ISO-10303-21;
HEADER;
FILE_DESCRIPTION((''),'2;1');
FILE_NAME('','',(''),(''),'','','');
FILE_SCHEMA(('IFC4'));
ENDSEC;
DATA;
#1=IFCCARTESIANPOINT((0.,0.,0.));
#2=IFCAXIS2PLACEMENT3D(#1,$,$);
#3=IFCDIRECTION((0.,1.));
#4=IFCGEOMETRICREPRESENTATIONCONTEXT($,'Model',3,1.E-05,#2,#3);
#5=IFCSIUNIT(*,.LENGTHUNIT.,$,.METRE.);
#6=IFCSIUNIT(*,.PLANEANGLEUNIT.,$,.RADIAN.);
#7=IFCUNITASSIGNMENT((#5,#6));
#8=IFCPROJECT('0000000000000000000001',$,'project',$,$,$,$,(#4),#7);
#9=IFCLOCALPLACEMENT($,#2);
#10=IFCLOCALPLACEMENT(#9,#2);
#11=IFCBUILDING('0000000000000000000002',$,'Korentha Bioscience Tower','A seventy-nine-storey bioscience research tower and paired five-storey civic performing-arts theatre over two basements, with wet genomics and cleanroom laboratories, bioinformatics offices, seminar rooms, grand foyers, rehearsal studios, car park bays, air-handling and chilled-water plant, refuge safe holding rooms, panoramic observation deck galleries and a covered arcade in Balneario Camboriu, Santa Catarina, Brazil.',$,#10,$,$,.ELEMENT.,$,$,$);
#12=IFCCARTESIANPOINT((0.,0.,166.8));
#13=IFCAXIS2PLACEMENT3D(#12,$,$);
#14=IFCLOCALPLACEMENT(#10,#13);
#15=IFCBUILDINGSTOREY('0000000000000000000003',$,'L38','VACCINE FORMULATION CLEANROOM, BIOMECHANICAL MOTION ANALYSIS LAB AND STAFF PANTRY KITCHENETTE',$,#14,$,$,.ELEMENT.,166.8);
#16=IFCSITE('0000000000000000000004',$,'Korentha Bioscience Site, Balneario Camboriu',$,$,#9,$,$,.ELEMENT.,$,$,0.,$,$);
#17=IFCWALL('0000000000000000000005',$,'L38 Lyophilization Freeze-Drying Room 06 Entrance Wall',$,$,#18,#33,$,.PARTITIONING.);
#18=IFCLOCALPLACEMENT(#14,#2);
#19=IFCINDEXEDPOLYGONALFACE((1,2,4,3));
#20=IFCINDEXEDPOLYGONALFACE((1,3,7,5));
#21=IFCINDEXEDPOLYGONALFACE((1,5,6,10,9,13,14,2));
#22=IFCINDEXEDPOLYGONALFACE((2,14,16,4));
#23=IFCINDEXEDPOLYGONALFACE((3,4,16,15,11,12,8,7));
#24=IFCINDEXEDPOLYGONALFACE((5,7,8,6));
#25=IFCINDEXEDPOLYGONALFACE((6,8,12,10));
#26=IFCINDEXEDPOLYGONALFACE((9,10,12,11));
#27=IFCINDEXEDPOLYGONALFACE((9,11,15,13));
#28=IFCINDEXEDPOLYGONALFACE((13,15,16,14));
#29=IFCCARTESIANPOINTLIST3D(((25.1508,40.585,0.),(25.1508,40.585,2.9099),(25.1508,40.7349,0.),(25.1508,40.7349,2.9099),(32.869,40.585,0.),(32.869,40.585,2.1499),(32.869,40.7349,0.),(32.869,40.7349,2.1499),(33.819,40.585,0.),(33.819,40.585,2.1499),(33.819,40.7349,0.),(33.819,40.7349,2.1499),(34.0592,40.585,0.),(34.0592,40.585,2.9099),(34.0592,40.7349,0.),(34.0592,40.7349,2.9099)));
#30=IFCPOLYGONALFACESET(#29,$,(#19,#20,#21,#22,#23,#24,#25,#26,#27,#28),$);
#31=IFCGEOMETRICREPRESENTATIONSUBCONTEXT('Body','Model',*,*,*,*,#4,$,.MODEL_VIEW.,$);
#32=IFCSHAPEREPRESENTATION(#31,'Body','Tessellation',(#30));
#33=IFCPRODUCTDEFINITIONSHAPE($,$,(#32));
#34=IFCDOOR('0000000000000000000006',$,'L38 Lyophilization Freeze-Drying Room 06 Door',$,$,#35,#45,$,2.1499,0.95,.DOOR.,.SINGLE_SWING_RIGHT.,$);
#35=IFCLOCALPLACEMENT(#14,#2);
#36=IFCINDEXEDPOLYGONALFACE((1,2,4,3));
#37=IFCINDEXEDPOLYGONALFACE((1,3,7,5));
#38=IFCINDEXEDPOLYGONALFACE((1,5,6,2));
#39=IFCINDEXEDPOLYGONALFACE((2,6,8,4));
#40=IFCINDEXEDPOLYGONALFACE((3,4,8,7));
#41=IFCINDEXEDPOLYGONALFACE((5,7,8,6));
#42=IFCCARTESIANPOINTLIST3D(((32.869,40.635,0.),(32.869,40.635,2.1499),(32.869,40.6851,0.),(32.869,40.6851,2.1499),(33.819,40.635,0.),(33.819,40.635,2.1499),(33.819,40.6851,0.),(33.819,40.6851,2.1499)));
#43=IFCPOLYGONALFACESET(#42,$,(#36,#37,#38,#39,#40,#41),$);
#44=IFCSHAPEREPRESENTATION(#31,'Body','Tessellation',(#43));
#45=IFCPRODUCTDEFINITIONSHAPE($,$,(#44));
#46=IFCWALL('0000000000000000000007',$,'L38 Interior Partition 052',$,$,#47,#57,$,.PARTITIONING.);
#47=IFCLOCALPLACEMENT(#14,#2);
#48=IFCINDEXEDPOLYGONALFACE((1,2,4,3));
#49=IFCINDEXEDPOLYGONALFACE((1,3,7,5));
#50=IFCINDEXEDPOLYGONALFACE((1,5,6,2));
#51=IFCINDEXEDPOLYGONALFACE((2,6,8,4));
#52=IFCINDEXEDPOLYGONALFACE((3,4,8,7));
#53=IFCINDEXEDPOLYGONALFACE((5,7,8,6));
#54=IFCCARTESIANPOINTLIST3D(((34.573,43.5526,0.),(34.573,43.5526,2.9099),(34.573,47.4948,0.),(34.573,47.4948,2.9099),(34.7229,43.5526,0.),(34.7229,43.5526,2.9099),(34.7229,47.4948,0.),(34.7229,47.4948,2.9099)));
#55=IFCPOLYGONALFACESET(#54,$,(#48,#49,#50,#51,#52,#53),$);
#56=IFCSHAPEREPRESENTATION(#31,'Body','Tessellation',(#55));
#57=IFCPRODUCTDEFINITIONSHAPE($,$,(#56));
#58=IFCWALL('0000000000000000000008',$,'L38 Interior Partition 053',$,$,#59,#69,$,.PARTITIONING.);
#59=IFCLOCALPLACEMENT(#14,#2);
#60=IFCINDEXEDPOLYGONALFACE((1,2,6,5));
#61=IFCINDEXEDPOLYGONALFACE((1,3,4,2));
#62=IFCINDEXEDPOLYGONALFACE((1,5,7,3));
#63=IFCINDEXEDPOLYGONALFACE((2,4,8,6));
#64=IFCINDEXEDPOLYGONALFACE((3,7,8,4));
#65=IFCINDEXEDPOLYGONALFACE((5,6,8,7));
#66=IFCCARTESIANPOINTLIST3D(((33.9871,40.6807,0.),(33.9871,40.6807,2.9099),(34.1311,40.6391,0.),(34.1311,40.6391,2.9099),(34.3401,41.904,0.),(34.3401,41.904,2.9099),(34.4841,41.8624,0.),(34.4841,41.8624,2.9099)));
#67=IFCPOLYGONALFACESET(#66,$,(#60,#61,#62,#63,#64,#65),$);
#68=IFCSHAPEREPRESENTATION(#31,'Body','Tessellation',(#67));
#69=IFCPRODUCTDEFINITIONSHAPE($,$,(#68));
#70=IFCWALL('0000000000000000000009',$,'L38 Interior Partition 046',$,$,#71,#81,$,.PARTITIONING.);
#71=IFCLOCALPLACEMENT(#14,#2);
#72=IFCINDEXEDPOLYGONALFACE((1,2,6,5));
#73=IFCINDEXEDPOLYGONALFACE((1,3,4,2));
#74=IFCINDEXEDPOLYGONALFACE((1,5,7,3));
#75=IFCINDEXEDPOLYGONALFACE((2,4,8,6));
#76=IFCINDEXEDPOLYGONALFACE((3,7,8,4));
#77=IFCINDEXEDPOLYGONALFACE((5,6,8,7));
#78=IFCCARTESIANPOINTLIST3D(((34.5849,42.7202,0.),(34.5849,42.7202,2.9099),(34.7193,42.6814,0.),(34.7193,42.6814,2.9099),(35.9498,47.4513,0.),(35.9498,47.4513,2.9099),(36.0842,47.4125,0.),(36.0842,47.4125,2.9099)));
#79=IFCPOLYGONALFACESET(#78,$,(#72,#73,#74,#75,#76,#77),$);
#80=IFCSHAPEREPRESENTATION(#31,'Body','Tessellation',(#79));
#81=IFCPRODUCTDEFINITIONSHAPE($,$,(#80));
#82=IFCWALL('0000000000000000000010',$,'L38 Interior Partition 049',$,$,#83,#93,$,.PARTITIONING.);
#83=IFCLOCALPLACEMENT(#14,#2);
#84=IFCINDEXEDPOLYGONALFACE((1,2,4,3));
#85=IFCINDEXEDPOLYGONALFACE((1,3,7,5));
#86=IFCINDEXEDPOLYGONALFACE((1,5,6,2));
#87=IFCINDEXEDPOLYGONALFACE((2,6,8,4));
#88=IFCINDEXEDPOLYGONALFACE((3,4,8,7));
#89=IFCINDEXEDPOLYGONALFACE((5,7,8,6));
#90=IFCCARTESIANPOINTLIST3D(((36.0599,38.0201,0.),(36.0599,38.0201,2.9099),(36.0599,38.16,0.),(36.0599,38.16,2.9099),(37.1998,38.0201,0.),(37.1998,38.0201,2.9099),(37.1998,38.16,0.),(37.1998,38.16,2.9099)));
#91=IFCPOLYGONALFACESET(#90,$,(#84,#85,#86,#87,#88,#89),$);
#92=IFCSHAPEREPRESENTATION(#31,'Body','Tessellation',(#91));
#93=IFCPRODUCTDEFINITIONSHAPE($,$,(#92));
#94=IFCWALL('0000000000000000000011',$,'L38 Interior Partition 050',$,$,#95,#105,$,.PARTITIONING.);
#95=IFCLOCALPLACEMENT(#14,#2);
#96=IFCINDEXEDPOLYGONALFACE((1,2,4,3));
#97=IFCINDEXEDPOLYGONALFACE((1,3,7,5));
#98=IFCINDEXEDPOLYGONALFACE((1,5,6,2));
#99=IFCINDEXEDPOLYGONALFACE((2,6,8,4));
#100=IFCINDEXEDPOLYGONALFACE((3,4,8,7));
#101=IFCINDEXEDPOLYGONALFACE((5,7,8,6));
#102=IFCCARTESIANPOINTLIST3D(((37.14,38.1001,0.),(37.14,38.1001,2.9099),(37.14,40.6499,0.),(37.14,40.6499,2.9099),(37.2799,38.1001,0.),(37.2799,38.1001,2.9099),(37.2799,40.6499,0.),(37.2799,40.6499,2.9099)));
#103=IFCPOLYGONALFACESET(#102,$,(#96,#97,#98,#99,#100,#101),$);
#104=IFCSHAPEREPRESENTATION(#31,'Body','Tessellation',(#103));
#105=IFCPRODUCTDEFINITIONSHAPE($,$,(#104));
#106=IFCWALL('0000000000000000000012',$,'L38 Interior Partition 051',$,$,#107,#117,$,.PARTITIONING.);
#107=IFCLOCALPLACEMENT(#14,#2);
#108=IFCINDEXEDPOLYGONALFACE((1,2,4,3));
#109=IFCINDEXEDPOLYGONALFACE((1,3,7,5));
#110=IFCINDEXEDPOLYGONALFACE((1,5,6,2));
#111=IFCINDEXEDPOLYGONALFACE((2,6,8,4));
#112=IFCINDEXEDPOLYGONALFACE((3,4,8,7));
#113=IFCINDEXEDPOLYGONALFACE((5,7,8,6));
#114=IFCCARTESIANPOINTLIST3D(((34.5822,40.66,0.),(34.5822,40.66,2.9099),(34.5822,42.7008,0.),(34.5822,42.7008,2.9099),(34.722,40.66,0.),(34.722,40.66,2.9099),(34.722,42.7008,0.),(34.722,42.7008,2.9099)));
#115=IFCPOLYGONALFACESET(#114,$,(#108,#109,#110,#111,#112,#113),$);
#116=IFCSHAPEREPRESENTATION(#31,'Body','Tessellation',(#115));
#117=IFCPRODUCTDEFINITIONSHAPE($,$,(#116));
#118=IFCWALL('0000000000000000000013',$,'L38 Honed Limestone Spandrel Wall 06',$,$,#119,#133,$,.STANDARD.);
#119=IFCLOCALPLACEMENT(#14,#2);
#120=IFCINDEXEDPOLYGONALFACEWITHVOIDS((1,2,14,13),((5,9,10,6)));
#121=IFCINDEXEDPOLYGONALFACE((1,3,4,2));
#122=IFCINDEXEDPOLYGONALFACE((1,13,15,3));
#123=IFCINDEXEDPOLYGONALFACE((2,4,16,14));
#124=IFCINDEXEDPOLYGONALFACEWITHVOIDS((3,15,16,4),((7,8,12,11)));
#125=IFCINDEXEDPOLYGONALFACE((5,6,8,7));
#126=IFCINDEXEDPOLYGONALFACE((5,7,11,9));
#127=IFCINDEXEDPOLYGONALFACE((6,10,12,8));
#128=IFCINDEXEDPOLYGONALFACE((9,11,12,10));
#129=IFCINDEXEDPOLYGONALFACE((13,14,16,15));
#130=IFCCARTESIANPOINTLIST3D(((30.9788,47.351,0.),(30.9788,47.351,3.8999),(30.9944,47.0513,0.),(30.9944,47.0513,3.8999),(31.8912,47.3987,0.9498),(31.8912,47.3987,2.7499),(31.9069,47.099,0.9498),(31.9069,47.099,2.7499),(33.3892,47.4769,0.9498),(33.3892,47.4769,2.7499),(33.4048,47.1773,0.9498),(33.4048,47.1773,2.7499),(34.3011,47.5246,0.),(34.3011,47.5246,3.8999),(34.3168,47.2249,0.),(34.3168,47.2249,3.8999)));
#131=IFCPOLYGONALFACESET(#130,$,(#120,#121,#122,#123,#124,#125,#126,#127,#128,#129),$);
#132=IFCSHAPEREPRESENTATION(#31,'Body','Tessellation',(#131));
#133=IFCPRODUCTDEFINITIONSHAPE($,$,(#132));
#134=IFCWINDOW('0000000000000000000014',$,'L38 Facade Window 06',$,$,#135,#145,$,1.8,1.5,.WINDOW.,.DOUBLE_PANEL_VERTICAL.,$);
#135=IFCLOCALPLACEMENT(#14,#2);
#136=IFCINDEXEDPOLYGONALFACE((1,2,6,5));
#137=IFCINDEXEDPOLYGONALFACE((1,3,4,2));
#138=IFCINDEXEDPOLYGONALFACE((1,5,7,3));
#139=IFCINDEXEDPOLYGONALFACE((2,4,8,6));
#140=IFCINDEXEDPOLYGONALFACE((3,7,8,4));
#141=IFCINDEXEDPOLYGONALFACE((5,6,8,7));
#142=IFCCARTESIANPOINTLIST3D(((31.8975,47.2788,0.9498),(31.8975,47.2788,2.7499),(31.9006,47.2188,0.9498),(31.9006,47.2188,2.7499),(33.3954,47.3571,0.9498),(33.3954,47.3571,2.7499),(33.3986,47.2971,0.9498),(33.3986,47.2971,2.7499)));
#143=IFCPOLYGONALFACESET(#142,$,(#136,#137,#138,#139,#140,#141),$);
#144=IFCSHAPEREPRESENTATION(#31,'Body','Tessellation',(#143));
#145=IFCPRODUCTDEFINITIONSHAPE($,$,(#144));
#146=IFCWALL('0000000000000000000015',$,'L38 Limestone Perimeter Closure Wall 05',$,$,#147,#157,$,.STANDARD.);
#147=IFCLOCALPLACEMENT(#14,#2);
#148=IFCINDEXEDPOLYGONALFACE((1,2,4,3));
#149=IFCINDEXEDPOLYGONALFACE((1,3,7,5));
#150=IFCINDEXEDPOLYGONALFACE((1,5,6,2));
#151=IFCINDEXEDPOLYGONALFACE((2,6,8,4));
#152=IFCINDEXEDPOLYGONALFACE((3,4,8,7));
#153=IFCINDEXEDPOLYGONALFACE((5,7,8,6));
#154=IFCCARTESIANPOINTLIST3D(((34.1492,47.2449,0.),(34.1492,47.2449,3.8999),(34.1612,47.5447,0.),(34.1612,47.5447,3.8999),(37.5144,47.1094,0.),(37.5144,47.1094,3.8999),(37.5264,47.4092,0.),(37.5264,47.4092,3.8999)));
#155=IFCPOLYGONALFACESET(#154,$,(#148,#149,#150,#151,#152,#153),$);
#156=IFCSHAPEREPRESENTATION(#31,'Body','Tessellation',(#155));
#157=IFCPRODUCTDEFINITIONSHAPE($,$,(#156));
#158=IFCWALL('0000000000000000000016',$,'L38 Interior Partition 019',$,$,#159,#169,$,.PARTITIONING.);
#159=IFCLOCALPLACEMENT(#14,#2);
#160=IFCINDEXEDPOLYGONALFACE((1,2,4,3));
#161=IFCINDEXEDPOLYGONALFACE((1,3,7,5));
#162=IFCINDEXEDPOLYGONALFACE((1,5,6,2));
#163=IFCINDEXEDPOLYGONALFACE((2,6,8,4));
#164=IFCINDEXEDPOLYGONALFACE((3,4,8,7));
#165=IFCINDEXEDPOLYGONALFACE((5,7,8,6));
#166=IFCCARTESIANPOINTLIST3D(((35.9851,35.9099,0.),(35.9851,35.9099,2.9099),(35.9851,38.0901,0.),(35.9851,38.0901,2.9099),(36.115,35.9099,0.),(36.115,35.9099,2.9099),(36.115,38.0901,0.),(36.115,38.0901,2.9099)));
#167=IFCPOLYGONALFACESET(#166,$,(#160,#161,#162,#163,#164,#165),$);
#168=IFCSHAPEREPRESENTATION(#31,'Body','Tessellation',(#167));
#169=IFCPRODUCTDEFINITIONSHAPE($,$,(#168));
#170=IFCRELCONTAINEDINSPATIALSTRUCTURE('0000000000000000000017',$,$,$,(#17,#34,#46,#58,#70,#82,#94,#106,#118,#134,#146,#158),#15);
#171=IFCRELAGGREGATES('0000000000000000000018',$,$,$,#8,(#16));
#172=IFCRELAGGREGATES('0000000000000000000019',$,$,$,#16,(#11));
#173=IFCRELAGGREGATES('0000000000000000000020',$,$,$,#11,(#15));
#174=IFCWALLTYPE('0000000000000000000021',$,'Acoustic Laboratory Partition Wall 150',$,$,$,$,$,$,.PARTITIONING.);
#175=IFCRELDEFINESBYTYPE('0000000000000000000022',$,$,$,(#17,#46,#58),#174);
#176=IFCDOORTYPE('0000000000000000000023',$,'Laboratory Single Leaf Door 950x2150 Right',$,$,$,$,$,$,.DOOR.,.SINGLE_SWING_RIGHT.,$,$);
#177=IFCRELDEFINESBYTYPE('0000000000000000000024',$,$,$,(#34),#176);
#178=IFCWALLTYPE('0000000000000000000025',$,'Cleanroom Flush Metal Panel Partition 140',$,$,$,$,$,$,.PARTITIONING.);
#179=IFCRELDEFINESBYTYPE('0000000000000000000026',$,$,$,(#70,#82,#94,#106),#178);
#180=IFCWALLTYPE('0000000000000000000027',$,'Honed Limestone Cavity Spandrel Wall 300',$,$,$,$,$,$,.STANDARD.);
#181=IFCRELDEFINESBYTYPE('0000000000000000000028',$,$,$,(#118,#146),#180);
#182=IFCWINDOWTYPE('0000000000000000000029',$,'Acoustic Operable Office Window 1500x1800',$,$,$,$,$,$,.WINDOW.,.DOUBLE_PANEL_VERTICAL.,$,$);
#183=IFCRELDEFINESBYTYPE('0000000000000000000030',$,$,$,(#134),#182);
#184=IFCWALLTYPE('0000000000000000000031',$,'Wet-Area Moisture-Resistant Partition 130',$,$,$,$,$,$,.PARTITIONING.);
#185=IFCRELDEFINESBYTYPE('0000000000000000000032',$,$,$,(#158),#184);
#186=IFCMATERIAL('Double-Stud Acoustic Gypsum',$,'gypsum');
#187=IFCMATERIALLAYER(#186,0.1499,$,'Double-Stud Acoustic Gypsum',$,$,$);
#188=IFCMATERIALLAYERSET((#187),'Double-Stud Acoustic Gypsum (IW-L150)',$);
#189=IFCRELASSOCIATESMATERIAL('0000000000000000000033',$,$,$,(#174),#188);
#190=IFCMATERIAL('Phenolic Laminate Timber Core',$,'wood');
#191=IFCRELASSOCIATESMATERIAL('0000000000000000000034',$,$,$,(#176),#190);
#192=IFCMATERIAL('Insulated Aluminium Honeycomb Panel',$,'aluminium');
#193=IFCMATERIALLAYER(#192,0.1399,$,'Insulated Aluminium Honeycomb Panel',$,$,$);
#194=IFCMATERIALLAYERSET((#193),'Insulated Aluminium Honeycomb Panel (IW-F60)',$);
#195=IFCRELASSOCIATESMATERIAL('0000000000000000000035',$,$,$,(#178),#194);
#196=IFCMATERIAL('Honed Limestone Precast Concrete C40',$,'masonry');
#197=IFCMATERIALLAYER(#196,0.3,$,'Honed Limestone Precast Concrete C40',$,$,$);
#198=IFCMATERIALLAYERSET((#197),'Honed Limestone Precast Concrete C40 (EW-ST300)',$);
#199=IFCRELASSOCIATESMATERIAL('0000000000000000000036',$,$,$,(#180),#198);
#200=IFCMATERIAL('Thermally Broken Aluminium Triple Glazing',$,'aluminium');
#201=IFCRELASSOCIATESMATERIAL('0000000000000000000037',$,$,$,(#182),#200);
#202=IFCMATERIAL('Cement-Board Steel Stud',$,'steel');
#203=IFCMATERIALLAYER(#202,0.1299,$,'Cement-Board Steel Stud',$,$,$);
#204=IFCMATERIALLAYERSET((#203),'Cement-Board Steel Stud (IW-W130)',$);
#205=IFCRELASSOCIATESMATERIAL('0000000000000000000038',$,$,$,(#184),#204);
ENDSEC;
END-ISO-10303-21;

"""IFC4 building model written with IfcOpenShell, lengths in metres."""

from ifc_helpers import new_model, si_unit, direction, frame, frame_2d, origin, place, context, subcontext, project, spatial, rectangle, extrude, material, layer, layer_set, type_object, element, fill, save


model = new_model("IFC4")

# Units and contexts
model_context = context("Model", 3, precision=1e-05, world=origin(), true_north=direction((0.0, 1.0)))
body_context = subcontext(model_context, "Body", "Model", "MODEL_VIEW")
ifc_project = project(units=[si_unit("LENGTHUNIT", "METRE"), si_unit("PLANEANGLEUNIT", "RADIAN")], contexts=[model_context])

# Site, building, storey
site_placement = place(None, origin())
site = spatial("IfcSite", under=ifc_project, at=site_placement, Name="Korentha Bioscience Site, Balneario Camboriu", CompositionType="ELEMENT", RefElevation=0.0)
building_placement = place(site_placement, origin())
building = spatial("IfcBuilding", under=site, at=building_placement, Name="Korentha Bioscience Tower", Description="A seventy-nine-storey bioscience research tower and paired five-storey civic performing-arts theatre over two basements, with wet genomics and cleanroom laboratories, bioinformatics offices, seminar rooms, grand foyers, rehearsal studios, car park bays, air-handling and chilled-water plant, refuge safe holding rooms, panoramic observation deck galleries and a covered arcade in Balneario Camboriu, Santa Catarina, Brazil.", CompositionType="ELEMENT")
storey_placement = place(building_placement, frame((0.0, 0.0, 166.8)))
storey = spatial("IfcBuildingStorey", under=building, at=storey_placement, Name="L38", Description="VACCINE FORMULATION CLEANROOM, BIOMECHANICAL MOTION ANALYSIS LAB AND STAFF PANTRY KITCHENETTE", CompositionType="ELEMENT", Elevation=166.8)

# Wall, opening, door
ifc_material_1 = material(Name="Double-Stud Acoustic Gypsum", Category="gypsum")
ifc_layer_1 = layer(ifc_material_1, 0.1499, Name="Double-Stud Acoustic Gypsum")
ifc_layer_set_1 = layer_set([ifc_layer_1], Name="Double-Stud Acoustic Gypsum (IW-L150)")
wall_type_1 = type_object("IfcWallType", Name="Acoustic Laboratory Partition Wall 150", PredefinedType="PARTITIONING", material=ifc_layer_set_1)
wall_1_placement = place(storey_placement, frame((34.0591, 40.6599, 0.0), z_axis=(0.0, 0.0, 1.0), x_axis=(-1.0, 0.0, 0.0)))
wall_1 = element("IfcWall", 1, at=wall_1_placement, inside=storey, type_object=wall_type_1, Name="L38 Lyophilization Freeze-Drying Room 06 Entrance Wall", PredefinedType="PARTITIONING", context=body_context, shape_type="SweptSolid", body=[
    extrude(rectangle(XDim=8.9084, YDim=0.1499, at=frame_2d((4.4541, 0.0))), origin(), (0.0, 0.0, 1.0), 2.9099),
])
opening_1_placement = place(wall_1_placement, frame((0.24, 0.0, 0.0)))
opening_1 = element("IfcOpeningElement", 2, at=opening_1_placement, cuts=wall_1, PredefinedType="OPENING", context=body_context, shape_type="SweptSolid", body=[
    extrude(rectangle(XDim=0.95, YDim=2.1499, at=frame_2d((0.4751, 1.075))), frame((0.0, 0.0898, 0.0), z_axis=(0.0, -1.0, 0.0), x_axis=(1.0, 0.0, 0.0)), (0.0, 0.0, 1.0), 0.1797),
])
ifc_material_2 = material(Name="Phenolic Laminate Timber Core", Category="wood")
door_type_1 = type_object("IfcDoorType", Name="Laboratory Single Leaf Door 950x2150 Right", OperationType="SINGLE_SWING_RIGHT", PredefinedType="DOOR", material=ifc_material_2)
door_1_placement = place(opening_1_placement, origin())
door_1 = element("IfcDoor", 3, at=door_1_placement, inside=storey, type_object=door_type_1, Name="L38 Lyophilization Freeze-Drying Room 06 Door", OperationType="SINGLE_SWING_RIGHT", OverallHeight=2.1499, OverallWidth=0.95, PredefinedType="DOOR", context=body_context, shape_type="SweptSolid", body=[
    extrude(rectangle(XDim=0.95, YDim=2.1499, at=frame_2d((0.4751, 1.075))), frame((0.0, 0.0249, 0.0), z_axis=(0.0, -1.0, 0.0), x_axis=(1.0, 0.0, 0.0)), (0.0, 0.0, 1.0), 0.05),
])
fill(opening_1, door_1)

# Walls
wall_2_placement = place(storey_placement, frame((34.6479, 47.4949, 0.0), z_axis=(0.0, 0.0, 1.0), x_axis=(0.0, -1.0, 0.0)))
element("IfcWall", 4, at=wall_2_placement, inside=storey, type_object=wall_type_1, Name="L38 Interior Partition 052", PredefinedType="PARTITIONING", context=body_context, shape_type="SweptSolid", body=[
    extrude(rectangle(XDim=3.9421, YDim=0.1499, at=frame_2d((1.9712, 0.0))), origin(), (0.0, 0.0, 1.0), 2.9099),
])
wall_3_placement = place(storey_placement, frame((34.4121, 41.8833, 0.0), z_axis=(0.0, 0.0, 1.0), x_axis=(-0.277253, -0.960797, 0.0)))
element("IfcWall", 5, at=wall_3_placement, inside=storey, type_object=wall_type_1, Name="L38 Interior Partition 053", PredefinedType="PARTITIONING", context=body_context, shape_type="SweptSolid", body=[
    extrude(rectangle(XDim=1.2732, YDim=0.1499, at=frame_2d((0.6367, 0.0))), origin(), (0.0, 0.0, 1.0), 2.9099),
])

# Shared definitions
ifc_material_3 = material(Name="Insulated Aluminium Honeycomb Panel", Category="aluminium")
ifc_layer_2 = layer(ifc_material_3, 0.1399, Name="Insulated Aluminium Honeycomb Panel")
ifc_layer_set_2 = layer_set([ifc_layer_2], Name="Insulated Aluminium Honeycomb Panel (IW-F60)")
wall_type_2 = type_object("IfcWallType", Name="Cleanroom Flush Metal Panel Partition 140", PredefinedType="PARTITIONING", material=ifc_layer_set_2)

# Walls
wall_4_placement = place(storey_placement, frame((34.6521, 42.7009, 0.0), z_axis=(0.0, 0.0, 1.0), x_axis=(0.277202, 0.960812, 0.0)))
element("IfcWall", 6, at=wall_4_placement, inside=storey, type_object=wall_type_2, Name="L38 Interior Partition 046", PredefinedType="PARTITIONING", context=body_context, shape_type="SweptSolid", body=[
    extrude(rectangle(XDim=4.9241, YDim=0.1399, at=frame_2d((2.4619, 0.0))), origin(), (0.0, 0.0, 1.0), 2.9099),
])
wall_5_placement = place(storey_placement, frame((36.0601, 38.0901, 0.0), z_axis=(0.0, 0.0, 1.0), x_axis=(1.0, 0.0, 0.0)))
element("IfcWall", 7, at=wall_5_placement, inside=storey, type_object=wall_type_2, Name="L38 Interior Partition 049", PredefinedType="PARTITIONING", context=body_context, shape_type="SweptSolid", body=[
    extrude(rectangle(XDim=1.1399, YDim=0.1399, at=frame_2d((0.5698, 0.0))), origin(), (0.0, 0.0, 1.0), 2.9099),
])
wall_6_placement = place(storey_placement, frame((37.21, 38.1001, 0.0), z_axis=(0.0, 0.0, 1.0), x_axis=(0.0, 1.0, 0.0)))
element("IfcWall", 8, at=wall_6_placement, inside=storey, type_object=wall_type_2, Name="L38 Interior Partition 050", PredefinedType="PARTITIONING", context=body_context, shape_type="SweptSolid", body=[
    extrude(rectangle(XDim=2.5498, YDim=0.1399, at=frame_2d((1.2749, 0.0))), origin(), (0.0, 0.0, 1.0), 2.9099),
])
wall_7_placement = place(storey_placement, frame((34.6521, 40.6599, 0.0), z_axis=(0.0, 0.0, 1.0), x_axis=(0.0, 1.0, 0.0)))
element("IfcWall", 9, at=wall_7_placement, inside=storey, type_object=wall_type_2, Name="L38 Interior Partition 051", PredefinedType="PARTITIONING", context=body_context, shape_type="SweptSolid", body=[
    extrude(rectangle(XDim=2.0408, YDim=0.1399, at=frame_2d((1.0205, 0.0))), origin(), (0.0, 0.0, 1.0), 2.9099),
])

# Shared definitions
ifc_material_4 = material(Name="Honed Limestone Precast Concrete C40", Category="masonry")
ifc_layer_3 = layer(ifc_material_4, 0.3, Name="Honed Limestone Precast Concrete C40")
ifc_layer_set_3 = layer_set([ifc_layer_3], Name="Honed Limestone Precast Concrete C40 (EW-ST300)")
wall_type_3 = type_object("IfcWallType", Name="Honed Limestone Cavity Spandrel Wall 300", PredefinedType="STANDARD", material=ifc_layer_set_3)

# Wall, opening, window
wall_8_placement = place(storey_placement, frame((34.3091, 47.3748, 0.0), z_axis=(0.0, 0.0, 1.0), x_axis=(-0.998638, -0.052178, 0.0)))
wall_8 = element("IfcWall", 10, at=wall_8_placement, inside=storey, type_object=wall_type_3, Name="L38 Honed Limestone Spandrel Wall 06", PredefinedType="STANDARD", context=body_context, shape_type="SweptSolid", body=[
    extrude(rectangle(XDim=3.3269, YDim=0.3, at=frame_2d((1.6636, 0.0))), origin(), (0.0, 0.0, 1.0), 3.8999),
])
opening_2_placement = place(wall_8_placement, frame((0.9133, 0.0, 0.95)))
opening_2 = element("IfcOpeningElement", 11, at=opening_2_placement, cuts=wall_8, PredefinedType="OPENING", context=body_context, shape_type="SweptSolid", body=[
    extrude(rectangle(XDim=1.5, YDim=1.8, at=frame_2d((0.75, 0.8999))), frame((0.0, 0.165, 0.0), z_axis=(0.0, -1.0, 0.0), x_axis=(1.0, 0.0, 0.0)), (0.0, 0.0, 1.0), 0.3298),
])
ifc_material_5 = material(Name="Thermally Broken Aluminium Triple Glazing", Category="aluminium")
window_type = type_object("IfcWindowType", Name="Acoustic Operable Office Window 1500x1800", PartitioningType="DOUBLE_PANEL_VERTICAL", PredefinedType="WINDOW", material=ifc_material_5)
window_placement = place(opening_2_placement, origin())
window = element("IfcWindow", 12, at=window_placement, inside=storey, type_object=window_type, Name="L38 Facade Window 06", OverallHeight=1.8, OverallWidth=1.5, PartitioningType="DOUBLE_PANEL_VERTICAL", PredefinedType="WINDOW", context=body_context, shape_type="SweptSolid", body=[
    extrude(rectangle(XDim=1.5, YDim=1.8, at=frame_2d((0.75, 0.8999))), frame((0.0, 0.03, 0.0), z_axis=(0.0, -1.0, 0.0), x_axis=(1.0, 0.0, 0.0)), (0.0, 0.0, 1.0), 0.0601),
])
fill(opening_2, window)

# Wall
wall_9_placement = place(storey_placement, frame((37.5205, 47.2593, 0.0), z_axis=(0.0, 0.0, 1.0), x_axis=(-0.99919, 0.040231, 0.0)))
element("IfcWall", 13, at=wall_9_placement, inside=storey, type_object=wall_type_3, Name="L38 Limestone Perimeter Closure Wall 05", PredefinedType="STANDARD", context=body_context, shape_type="SweptSolid", body=[
    extrude(rectangle(XDim=3.3679, YDim=0.3, at=frame_2d((1.6841, 0.0))), origin(), (0.0, 0.0, 1.0), 3.8999),
])

# Shared definitions
ifc_material_6 = material(Name="Cement-Board Steel Stud", Category="steel")
ifc_layer_4 = layer(ifc_material_6, 0.1299, Name="Cement-Board Steel Stud")
ifc_layer_set_4 = layer_set([ifc_layer_4], Name="Cement-Board Steel Stud (IW-W130)")
wall_type_4 = type_object("IfcWallType", Name="Wet-Area Moisture-Resistant Partition 130", PredefinedType="PARTITIONING", material=ifc_layer_set_4)

# Wall
wall_10_placement = place(storey_placement, frame((36.05, 38.0901, 0.0), z_axis=(0.0, 0.0, 1.0), x_axis=(0.0, -1.0, 0.0)))
element("IfcWall", 14, at=wall_10_placement, inside=storey, type_object=wall_type_4, Name="L38 Interior Partition 019", PredefinedType="PARTITIONING", context=body_context, shape_type="SweptSolid", body=[
    extrude(rectangle(XDim=2.1802, YDim=0.1299, at=frame_2d((1.0901, 0.0))), origin(), (0.0, 0.0, 1.0), 2.9099),
])

save(model, "model.ifc")
